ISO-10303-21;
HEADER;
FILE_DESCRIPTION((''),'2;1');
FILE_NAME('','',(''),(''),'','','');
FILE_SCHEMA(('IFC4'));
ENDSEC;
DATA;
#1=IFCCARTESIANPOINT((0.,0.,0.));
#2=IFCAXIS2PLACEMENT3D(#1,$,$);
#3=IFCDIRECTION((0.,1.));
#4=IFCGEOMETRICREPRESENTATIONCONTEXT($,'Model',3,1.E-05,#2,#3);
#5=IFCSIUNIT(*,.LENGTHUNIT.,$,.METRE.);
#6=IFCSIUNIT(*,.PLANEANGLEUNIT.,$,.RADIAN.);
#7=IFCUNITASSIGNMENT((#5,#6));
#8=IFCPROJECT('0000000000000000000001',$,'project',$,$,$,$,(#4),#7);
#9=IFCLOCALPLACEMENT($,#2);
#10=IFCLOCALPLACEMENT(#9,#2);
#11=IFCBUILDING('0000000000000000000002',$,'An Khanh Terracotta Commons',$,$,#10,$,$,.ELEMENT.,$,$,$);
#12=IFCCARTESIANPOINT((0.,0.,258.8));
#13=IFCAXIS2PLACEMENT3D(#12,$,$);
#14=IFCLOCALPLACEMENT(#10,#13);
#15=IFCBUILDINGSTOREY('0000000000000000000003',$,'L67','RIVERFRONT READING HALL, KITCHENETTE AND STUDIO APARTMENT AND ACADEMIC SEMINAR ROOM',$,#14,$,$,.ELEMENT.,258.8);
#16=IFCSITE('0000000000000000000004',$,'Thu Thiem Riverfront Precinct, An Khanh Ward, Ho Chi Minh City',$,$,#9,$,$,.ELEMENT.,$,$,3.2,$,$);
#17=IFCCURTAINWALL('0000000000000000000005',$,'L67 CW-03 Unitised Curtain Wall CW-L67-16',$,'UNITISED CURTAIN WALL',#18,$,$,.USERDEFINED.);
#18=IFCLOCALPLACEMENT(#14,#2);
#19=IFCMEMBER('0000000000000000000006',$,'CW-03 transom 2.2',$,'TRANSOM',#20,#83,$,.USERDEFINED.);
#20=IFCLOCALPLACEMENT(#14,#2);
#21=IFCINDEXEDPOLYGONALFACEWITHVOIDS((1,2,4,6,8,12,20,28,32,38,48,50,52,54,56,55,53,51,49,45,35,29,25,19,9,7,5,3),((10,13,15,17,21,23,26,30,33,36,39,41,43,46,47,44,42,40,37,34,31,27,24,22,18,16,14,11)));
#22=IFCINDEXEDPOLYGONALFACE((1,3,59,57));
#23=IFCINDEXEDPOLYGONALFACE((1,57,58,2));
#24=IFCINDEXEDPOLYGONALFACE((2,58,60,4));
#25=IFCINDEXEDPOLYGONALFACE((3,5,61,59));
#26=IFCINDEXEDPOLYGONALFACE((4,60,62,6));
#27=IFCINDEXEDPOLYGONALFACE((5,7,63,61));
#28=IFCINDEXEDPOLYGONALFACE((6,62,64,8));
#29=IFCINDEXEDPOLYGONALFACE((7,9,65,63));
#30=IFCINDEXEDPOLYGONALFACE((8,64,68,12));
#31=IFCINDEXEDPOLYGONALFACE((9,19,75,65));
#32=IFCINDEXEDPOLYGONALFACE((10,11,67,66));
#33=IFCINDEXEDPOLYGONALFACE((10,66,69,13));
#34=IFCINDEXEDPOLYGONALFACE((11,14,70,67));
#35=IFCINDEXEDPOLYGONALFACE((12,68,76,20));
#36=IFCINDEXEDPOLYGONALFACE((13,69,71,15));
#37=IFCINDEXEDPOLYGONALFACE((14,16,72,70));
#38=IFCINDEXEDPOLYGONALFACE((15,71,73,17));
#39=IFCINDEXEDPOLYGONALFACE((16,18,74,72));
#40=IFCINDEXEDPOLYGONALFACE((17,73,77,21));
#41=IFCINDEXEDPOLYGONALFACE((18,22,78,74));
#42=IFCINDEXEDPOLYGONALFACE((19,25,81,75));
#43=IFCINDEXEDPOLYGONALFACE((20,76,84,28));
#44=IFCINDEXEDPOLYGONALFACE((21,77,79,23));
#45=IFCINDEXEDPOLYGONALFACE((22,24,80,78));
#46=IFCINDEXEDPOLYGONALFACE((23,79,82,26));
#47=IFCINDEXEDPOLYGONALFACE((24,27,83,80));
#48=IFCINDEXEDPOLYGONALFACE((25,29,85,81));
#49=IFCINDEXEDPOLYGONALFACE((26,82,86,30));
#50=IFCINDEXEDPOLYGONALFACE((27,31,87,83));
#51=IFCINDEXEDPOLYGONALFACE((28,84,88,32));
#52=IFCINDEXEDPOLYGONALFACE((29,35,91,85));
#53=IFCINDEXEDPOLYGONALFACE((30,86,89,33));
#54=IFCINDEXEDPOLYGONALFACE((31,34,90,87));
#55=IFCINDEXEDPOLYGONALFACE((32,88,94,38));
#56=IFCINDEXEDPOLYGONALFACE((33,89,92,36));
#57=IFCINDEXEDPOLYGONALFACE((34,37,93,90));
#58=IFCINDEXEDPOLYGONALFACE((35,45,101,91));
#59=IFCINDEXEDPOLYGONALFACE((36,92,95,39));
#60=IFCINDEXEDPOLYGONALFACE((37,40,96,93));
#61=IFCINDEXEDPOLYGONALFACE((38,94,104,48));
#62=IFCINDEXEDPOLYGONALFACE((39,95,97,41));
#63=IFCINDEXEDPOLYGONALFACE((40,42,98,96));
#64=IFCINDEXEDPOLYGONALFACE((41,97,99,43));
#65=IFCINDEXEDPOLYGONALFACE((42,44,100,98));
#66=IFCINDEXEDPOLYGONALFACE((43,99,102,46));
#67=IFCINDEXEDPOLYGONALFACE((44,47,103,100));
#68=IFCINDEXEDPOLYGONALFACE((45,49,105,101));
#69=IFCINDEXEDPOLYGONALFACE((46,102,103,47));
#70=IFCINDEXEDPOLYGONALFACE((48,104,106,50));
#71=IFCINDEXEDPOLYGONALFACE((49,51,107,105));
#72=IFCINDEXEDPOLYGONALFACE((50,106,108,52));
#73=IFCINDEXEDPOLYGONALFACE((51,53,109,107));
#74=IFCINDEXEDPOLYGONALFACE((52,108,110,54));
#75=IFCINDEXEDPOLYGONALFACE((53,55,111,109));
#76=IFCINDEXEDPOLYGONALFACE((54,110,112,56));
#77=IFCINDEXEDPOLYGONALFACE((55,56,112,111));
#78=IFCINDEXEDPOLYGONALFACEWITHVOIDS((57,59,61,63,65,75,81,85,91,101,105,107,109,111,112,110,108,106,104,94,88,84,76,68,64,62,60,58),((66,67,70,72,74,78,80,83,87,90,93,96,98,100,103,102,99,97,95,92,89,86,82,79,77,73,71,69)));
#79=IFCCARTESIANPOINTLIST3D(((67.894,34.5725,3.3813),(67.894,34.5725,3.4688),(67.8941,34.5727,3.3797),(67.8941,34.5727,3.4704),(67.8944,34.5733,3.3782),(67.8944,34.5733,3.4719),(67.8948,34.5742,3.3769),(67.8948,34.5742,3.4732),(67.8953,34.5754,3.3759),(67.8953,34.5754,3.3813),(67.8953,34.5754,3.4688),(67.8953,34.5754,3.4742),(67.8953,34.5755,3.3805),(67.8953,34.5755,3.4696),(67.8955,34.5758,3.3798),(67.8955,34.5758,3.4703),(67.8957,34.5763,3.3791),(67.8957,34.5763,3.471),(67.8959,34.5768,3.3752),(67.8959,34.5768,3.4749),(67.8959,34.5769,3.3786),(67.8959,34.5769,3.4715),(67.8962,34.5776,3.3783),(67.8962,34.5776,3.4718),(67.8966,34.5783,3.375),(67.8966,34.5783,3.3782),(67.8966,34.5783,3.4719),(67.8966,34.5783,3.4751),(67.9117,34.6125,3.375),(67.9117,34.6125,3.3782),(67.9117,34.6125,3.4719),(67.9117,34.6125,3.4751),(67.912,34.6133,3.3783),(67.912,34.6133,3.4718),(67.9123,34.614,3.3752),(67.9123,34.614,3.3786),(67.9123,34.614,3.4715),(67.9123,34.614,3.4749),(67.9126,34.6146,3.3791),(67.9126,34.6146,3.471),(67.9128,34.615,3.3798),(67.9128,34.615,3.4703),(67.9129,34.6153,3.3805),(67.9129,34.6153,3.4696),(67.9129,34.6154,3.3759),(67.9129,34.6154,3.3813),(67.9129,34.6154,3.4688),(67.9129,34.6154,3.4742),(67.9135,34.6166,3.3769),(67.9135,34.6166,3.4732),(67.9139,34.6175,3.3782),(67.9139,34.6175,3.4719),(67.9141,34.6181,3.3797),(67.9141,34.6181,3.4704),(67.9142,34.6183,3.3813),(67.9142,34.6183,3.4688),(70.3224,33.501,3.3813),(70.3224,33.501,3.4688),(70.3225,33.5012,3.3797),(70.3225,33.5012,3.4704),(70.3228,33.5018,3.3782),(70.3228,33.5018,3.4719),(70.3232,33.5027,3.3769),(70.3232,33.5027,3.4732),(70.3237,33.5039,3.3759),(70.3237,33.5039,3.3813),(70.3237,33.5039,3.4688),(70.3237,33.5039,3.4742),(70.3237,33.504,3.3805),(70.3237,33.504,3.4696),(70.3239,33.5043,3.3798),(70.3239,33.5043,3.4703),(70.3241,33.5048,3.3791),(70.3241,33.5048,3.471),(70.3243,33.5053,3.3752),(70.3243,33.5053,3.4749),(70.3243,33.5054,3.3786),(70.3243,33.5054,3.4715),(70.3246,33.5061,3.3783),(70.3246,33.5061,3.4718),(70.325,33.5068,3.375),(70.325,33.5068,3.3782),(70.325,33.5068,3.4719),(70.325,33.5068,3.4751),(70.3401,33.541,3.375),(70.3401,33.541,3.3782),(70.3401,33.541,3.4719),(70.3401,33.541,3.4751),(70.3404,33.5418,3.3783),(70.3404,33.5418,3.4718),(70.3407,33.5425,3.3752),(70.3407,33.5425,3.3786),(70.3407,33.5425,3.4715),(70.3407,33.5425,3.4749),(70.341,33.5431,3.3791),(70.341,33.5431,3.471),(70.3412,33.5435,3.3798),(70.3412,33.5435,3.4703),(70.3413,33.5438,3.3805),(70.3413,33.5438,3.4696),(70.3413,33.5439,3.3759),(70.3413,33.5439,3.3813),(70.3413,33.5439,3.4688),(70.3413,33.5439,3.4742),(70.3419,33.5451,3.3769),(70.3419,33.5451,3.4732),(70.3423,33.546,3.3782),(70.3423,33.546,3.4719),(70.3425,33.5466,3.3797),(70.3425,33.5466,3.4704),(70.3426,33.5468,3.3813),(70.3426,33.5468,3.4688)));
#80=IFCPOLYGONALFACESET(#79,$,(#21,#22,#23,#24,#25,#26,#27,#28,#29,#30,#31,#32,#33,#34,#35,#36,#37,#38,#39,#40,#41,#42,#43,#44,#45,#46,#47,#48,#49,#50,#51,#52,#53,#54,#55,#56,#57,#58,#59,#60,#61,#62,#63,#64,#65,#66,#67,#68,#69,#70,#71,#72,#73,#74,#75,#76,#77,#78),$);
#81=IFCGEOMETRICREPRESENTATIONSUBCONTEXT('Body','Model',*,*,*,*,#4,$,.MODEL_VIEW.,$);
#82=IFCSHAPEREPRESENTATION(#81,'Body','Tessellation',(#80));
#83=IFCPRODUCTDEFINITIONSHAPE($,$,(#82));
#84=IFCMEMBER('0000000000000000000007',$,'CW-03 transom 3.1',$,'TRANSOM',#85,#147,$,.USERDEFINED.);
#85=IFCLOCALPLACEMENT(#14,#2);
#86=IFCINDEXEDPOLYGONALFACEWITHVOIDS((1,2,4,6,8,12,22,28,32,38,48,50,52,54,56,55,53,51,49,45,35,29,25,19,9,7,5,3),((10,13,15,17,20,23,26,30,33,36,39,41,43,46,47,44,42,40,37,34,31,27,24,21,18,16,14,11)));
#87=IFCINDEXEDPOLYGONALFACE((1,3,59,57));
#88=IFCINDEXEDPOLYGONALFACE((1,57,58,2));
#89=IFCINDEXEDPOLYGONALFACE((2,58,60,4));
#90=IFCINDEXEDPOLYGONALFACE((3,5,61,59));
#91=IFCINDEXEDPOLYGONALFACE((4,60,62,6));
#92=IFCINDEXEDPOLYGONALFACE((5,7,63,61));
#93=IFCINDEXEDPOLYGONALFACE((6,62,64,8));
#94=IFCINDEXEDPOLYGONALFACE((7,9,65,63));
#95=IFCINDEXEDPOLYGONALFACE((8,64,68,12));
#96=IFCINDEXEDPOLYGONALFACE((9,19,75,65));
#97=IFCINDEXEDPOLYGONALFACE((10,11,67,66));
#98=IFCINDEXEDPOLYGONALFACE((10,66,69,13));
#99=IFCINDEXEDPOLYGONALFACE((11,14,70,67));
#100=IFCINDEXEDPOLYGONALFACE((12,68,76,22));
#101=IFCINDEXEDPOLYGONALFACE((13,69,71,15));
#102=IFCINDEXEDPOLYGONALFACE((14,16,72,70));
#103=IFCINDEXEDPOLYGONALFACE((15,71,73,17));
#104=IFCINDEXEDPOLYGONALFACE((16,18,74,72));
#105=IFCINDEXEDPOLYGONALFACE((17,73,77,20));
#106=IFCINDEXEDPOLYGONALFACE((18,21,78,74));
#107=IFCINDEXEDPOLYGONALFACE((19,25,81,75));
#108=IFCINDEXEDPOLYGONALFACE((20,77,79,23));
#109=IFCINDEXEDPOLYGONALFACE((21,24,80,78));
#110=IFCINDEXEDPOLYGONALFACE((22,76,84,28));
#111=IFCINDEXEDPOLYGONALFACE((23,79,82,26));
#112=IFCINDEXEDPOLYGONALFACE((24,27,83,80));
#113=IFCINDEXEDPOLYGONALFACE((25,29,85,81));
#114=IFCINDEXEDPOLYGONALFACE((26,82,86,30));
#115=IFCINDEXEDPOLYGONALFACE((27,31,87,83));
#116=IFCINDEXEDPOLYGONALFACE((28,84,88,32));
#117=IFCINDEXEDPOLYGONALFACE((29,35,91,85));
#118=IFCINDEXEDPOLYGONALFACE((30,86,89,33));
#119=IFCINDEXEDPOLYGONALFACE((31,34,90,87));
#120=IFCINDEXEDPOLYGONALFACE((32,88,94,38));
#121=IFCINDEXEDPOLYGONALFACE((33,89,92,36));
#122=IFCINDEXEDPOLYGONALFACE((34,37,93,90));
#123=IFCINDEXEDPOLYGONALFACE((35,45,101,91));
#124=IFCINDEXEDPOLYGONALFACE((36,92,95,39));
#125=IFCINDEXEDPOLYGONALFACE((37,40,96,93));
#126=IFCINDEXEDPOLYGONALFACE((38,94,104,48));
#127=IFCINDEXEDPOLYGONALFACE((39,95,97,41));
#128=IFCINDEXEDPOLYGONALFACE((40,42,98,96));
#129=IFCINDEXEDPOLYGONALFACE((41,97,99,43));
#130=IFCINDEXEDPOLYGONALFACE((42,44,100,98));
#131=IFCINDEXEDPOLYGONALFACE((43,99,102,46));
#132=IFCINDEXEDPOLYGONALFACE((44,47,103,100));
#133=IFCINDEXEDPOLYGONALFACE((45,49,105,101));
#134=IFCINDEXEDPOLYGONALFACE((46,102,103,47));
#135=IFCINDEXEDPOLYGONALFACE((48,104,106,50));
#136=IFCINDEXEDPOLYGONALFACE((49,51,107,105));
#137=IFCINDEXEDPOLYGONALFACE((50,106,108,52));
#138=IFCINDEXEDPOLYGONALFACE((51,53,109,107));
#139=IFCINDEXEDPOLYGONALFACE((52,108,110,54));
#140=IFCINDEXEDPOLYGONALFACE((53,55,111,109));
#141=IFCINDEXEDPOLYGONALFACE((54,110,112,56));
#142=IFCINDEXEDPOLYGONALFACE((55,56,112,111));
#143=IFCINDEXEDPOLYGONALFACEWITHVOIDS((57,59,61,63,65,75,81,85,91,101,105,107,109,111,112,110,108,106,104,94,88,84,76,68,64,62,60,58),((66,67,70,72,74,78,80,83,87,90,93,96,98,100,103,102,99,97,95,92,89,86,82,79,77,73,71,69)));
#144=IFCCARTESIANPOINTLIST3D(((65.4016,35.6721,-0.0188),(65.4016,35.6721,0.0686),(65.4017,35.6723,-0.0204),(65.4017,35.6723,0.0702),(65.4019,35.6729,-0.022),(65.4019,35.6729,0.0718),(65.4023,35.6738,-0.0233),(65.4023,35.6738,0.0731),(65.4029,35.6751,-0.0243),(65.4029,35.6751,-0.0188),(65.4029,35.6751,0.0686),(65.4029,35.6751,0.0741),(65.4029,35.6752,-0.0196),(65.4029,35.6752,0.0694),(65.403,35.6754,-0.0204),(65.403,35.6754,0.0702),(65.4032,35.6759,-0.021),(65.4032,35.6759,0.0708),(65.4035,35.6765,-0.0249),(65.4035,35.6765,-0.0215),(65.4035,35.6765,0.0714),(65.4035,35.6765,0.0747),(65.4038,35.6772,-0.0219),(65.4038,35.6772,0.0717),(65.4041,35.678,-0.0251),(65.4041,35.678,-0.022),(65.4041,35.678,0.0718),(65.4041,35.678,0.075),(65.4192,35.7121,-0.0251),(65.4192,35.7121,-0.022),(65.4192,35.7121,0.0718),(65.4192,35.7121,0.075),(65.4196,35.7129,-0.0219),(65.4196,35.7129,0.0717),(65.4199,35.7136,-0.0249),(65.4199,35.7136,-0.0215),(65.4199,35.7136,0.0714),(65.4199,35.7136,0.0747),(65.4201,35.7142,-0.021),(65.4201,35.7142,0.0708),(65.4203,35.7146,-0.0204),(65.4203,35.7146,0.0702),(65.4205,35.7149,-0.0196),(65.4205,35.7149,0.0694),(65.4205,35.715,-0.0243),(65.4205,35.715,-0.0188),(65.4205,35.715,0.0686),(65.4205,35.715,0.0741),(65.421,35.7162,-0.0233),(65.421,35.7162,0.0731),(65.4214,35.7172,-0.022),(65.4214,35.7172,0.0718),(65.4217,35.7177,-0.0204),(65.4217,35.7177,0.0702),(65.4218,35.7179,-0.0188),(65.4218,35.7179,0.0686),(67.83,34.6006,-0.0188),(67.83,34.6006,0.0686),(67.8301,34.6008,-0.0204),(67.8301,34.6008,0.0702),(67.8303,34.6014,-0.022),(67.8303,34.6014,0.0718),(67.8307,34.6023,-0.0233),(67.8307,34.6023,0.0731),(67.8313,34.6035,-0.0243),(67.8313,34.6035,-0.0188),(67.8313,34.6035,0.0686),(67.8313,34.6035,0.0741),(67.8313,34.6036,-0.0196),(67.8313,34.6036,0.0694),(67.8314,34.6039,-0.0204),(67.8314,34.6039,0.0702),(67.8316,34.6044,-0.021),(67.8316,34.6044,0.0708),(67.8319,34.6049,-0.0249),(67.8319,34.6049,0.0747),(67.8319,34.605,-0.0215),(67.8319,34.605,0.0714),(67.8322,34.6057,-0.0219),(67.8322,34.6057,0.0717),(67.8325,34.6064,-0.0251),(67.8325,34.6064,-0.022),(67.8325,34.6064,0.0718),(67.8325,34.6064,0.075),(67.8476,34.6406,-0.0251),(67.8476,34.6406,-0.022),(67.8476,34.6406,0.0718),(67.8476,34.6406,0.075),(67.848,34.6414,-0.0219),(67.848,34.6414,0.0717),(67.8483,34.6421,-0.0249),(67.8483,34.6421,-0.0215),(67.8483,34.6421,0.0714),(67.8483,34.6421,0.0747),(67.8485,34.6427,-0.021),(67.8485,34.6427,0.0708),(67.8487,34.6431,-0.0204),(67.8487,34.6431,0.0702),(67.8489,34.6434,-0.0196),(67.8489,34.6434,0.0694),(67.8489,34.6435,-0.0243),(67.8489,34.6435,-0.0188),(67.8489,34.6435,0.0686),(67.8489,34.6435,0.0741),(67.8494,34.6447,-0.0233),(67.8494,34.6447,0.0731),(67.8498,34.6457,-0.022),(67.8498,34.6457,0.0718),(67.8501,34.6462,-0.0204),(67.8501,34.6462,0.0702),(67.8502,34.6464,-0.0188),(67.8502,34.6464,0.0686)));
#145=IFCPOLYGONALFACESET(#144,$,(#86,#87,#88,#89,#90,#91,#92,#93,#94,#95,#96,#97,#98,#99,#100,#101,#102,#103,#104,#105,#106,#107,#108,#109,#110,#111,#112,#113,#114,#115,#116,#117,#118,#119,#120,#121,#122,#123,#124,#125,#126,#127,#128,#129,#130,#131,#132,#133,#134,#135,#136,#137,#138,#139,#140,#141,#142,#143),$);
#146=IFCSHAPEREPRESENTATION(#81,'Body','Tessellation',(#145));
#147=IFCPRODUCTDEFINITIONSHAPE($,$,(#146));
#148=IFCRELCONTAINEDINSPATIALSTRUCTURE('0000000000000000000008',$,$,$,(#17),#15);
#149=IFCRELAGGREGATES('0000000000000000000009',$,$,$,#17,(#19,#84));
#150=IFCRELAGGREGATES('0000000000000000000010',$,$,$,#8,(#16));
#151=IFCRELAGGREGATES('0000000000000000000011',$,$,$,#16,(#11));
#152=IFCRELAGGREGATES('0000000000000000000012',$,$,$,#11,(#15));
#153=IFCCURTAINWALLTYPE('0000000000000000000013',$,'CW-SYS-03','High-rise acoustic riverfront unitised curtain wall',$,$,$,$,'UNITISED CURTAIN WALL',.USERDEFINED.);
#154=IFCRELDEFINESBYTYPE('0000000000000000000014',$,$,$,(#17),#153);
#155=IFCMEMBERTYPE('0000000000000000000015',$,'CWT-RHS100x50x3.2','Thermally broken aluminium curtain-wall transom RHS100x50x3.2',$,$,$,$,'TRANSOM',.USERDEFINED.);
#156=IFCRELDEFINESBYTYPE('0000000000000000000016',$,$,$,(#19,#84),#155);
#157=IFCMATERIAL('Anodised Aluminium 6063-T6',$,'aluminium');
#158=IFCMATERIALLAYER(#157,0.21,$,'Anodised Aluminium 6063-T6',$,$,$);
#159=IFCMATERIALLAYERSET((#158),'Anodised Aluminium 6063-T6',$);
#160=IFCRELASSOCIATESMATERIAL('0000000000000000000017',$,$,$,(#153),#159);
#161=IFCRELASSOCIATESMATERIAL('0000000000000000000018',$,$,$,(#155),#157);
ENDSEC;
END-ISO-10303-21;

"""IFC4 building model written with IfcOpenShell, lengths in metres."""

from ifc_helpers import new_model, si_unit, direction, frame, origin, origin_2d, place, context, subcontext, project, spatial, hollow_rectangle, extrude, material, layer, layer_set, material_profile, profile_set, type_object, element, aggregate, save


model = new_model("IFC4")

# Units and contexts
model_context = context("Model", 3, precision=1e-05, world=origin(), true_north=direction((0.0, 1.0)))
body_context = subcontext(model_context, "Body", "Model", "MODEL_VIEW")
ifc_project = project(units=[si_unit("LENGTHUNIT", "METRE"), si_unit("PLANEANGLEUNIT", "RADIAN")], contexts=[model_context])

# Site, building, storey
site_placement = place(None, origin())
site = spatial("IfcSite", under=ifc_project, at=site_placement, Name="Thu Thiem Riverfront Precinct, An Khanh Ward, Ho Chi Minh City", CompositionType="ELEMENT", RefElevation=3.2)
building_placement = place(site_placement, origin())
building = spatial("IfcBuilding", under=site, at=building_placement, Name="An Khanh Terracotta Commons", CompositionType="ELEMENT")
storey_placement = place(building_placement, frame((0.0, 0.0, 258.8)))
storey = spatial("IfcBuildingStorey", under=building, at=storey_placement, Name="L67", Description="RIVERFRONT READING HALL, KITCHENETTE AND STUDIO APARTMENT AND ACADEMIC SEMINAR ROOM", CompositionType="ELEMENT", Elevation=258.8)

# Curtain wall
ifc_material_1 = material(Name="Anodised Aluminium 6063-T6", Category="aluminium")
ifc_layer_1 = layer(ifc_material_1, 0.21, Name="Anodised Aluminium 6063-T6")
ifc_layer_set_1 = layer_set([ifc_layer_1], Name="Anodised Aluminium 6063-T6")
curtain_wall_type = type_object("IfcCurtainWallType", Name="CW-SYS-03", Description="High-rise acoustic riverfront unitised curtain wall", ElementType="UNITISED CURTAIN WALL", PredefinedType="USERDEFINED", material=ifc_layer_set_1)
curtain_wall_1_placement = place(storey_placement, origin())
curtain_wall_1 = element("IfcCurtainWall", 1, at=curtain_wall_1_placement, inside=storey, type_object=curtain_wall_type, Name="L67 CW-03 Unitised Curtain Wall CW-L67-16", ObjectType="UNITISED CURTAIN WALL", PredefinedType="USERDEFINED")

# Members
ifc_material_profile_1 = material_profile(ifc_material_1, hollow_rectangle(XDim=0.05, YDim=0.1001, WallThickness=0.0032, InnerFilletRadius=0.0032, OuterFilletRadius=0.0063, at=origin_2d()), Name="RHS100x50x3.2")
ifc_profile_set_1 = profile_set([ifc_material_profile_1], Name="Anodised Aluminium 6063-T6")
member_type_1 = type_object("IfcMemberType", Name="CWT-RHS100x50x3.2", Description="Thermally broken aluminium curtain-wall transom RHS100x50x3.2", ElementType="TRANSOM", PredefinedType="USERDEFINED", material=ifc_profile_set_1)
member_1_placement = place(storey_placement, frame((70.3325, 33.5239, 3.425), z_axis=(-0.914897, 0.403688, 0.0), x_axis=(-0.403688, -0.914897, 0.0)))
member_1 = element("IfcMember", 2, at=member_1_placement, type_object=member_type_1, Name="CW-03 transom 2.2", ObjectType="TRANSOM", PredefinedType="USERDEFINED", context=body_context, shape_type="SweptSolid", body=[
    extrude(hollow_rectangle(XDim=0.05, YDim=0.1001, WallThickness=0.0032, InnerFilletRadius=0.0032, OuterFilletRadius=0.0063, at=origin_2d()), origin(), (0.0, 0.0, 1.0), 2.6543),
])
member_2_placement = place(storey_placement, frame((67.8401, 34.6235, 0.0249), z_axis=(-0.914897, 0.403688, 0.0), x_axis=(-0.403688, -0.914897, 0.0)))
member_2 = element("IfcMember", 3, at=member_2_placement, type_object=member_type_1, Name="CW-03 transom 3.1", ObjectType="TRANSOM", PredefinedType="USERDEFINED", context=body_context, shape_type="SweptSolid", body=[
    extrude(hollow_rectangle(XDim=0.05, YDim=0.1001, WallThickness=0.0032, InnerFilletRadius=0.0032, OuterFilletRadius=0.0063, at=origin_2d()), origin(), (0.0, 0.0, 1.0), 2.6543),
])

aggregate(curtain_wall_1, [member_1, member_2])

save(model, "model.ifc")
